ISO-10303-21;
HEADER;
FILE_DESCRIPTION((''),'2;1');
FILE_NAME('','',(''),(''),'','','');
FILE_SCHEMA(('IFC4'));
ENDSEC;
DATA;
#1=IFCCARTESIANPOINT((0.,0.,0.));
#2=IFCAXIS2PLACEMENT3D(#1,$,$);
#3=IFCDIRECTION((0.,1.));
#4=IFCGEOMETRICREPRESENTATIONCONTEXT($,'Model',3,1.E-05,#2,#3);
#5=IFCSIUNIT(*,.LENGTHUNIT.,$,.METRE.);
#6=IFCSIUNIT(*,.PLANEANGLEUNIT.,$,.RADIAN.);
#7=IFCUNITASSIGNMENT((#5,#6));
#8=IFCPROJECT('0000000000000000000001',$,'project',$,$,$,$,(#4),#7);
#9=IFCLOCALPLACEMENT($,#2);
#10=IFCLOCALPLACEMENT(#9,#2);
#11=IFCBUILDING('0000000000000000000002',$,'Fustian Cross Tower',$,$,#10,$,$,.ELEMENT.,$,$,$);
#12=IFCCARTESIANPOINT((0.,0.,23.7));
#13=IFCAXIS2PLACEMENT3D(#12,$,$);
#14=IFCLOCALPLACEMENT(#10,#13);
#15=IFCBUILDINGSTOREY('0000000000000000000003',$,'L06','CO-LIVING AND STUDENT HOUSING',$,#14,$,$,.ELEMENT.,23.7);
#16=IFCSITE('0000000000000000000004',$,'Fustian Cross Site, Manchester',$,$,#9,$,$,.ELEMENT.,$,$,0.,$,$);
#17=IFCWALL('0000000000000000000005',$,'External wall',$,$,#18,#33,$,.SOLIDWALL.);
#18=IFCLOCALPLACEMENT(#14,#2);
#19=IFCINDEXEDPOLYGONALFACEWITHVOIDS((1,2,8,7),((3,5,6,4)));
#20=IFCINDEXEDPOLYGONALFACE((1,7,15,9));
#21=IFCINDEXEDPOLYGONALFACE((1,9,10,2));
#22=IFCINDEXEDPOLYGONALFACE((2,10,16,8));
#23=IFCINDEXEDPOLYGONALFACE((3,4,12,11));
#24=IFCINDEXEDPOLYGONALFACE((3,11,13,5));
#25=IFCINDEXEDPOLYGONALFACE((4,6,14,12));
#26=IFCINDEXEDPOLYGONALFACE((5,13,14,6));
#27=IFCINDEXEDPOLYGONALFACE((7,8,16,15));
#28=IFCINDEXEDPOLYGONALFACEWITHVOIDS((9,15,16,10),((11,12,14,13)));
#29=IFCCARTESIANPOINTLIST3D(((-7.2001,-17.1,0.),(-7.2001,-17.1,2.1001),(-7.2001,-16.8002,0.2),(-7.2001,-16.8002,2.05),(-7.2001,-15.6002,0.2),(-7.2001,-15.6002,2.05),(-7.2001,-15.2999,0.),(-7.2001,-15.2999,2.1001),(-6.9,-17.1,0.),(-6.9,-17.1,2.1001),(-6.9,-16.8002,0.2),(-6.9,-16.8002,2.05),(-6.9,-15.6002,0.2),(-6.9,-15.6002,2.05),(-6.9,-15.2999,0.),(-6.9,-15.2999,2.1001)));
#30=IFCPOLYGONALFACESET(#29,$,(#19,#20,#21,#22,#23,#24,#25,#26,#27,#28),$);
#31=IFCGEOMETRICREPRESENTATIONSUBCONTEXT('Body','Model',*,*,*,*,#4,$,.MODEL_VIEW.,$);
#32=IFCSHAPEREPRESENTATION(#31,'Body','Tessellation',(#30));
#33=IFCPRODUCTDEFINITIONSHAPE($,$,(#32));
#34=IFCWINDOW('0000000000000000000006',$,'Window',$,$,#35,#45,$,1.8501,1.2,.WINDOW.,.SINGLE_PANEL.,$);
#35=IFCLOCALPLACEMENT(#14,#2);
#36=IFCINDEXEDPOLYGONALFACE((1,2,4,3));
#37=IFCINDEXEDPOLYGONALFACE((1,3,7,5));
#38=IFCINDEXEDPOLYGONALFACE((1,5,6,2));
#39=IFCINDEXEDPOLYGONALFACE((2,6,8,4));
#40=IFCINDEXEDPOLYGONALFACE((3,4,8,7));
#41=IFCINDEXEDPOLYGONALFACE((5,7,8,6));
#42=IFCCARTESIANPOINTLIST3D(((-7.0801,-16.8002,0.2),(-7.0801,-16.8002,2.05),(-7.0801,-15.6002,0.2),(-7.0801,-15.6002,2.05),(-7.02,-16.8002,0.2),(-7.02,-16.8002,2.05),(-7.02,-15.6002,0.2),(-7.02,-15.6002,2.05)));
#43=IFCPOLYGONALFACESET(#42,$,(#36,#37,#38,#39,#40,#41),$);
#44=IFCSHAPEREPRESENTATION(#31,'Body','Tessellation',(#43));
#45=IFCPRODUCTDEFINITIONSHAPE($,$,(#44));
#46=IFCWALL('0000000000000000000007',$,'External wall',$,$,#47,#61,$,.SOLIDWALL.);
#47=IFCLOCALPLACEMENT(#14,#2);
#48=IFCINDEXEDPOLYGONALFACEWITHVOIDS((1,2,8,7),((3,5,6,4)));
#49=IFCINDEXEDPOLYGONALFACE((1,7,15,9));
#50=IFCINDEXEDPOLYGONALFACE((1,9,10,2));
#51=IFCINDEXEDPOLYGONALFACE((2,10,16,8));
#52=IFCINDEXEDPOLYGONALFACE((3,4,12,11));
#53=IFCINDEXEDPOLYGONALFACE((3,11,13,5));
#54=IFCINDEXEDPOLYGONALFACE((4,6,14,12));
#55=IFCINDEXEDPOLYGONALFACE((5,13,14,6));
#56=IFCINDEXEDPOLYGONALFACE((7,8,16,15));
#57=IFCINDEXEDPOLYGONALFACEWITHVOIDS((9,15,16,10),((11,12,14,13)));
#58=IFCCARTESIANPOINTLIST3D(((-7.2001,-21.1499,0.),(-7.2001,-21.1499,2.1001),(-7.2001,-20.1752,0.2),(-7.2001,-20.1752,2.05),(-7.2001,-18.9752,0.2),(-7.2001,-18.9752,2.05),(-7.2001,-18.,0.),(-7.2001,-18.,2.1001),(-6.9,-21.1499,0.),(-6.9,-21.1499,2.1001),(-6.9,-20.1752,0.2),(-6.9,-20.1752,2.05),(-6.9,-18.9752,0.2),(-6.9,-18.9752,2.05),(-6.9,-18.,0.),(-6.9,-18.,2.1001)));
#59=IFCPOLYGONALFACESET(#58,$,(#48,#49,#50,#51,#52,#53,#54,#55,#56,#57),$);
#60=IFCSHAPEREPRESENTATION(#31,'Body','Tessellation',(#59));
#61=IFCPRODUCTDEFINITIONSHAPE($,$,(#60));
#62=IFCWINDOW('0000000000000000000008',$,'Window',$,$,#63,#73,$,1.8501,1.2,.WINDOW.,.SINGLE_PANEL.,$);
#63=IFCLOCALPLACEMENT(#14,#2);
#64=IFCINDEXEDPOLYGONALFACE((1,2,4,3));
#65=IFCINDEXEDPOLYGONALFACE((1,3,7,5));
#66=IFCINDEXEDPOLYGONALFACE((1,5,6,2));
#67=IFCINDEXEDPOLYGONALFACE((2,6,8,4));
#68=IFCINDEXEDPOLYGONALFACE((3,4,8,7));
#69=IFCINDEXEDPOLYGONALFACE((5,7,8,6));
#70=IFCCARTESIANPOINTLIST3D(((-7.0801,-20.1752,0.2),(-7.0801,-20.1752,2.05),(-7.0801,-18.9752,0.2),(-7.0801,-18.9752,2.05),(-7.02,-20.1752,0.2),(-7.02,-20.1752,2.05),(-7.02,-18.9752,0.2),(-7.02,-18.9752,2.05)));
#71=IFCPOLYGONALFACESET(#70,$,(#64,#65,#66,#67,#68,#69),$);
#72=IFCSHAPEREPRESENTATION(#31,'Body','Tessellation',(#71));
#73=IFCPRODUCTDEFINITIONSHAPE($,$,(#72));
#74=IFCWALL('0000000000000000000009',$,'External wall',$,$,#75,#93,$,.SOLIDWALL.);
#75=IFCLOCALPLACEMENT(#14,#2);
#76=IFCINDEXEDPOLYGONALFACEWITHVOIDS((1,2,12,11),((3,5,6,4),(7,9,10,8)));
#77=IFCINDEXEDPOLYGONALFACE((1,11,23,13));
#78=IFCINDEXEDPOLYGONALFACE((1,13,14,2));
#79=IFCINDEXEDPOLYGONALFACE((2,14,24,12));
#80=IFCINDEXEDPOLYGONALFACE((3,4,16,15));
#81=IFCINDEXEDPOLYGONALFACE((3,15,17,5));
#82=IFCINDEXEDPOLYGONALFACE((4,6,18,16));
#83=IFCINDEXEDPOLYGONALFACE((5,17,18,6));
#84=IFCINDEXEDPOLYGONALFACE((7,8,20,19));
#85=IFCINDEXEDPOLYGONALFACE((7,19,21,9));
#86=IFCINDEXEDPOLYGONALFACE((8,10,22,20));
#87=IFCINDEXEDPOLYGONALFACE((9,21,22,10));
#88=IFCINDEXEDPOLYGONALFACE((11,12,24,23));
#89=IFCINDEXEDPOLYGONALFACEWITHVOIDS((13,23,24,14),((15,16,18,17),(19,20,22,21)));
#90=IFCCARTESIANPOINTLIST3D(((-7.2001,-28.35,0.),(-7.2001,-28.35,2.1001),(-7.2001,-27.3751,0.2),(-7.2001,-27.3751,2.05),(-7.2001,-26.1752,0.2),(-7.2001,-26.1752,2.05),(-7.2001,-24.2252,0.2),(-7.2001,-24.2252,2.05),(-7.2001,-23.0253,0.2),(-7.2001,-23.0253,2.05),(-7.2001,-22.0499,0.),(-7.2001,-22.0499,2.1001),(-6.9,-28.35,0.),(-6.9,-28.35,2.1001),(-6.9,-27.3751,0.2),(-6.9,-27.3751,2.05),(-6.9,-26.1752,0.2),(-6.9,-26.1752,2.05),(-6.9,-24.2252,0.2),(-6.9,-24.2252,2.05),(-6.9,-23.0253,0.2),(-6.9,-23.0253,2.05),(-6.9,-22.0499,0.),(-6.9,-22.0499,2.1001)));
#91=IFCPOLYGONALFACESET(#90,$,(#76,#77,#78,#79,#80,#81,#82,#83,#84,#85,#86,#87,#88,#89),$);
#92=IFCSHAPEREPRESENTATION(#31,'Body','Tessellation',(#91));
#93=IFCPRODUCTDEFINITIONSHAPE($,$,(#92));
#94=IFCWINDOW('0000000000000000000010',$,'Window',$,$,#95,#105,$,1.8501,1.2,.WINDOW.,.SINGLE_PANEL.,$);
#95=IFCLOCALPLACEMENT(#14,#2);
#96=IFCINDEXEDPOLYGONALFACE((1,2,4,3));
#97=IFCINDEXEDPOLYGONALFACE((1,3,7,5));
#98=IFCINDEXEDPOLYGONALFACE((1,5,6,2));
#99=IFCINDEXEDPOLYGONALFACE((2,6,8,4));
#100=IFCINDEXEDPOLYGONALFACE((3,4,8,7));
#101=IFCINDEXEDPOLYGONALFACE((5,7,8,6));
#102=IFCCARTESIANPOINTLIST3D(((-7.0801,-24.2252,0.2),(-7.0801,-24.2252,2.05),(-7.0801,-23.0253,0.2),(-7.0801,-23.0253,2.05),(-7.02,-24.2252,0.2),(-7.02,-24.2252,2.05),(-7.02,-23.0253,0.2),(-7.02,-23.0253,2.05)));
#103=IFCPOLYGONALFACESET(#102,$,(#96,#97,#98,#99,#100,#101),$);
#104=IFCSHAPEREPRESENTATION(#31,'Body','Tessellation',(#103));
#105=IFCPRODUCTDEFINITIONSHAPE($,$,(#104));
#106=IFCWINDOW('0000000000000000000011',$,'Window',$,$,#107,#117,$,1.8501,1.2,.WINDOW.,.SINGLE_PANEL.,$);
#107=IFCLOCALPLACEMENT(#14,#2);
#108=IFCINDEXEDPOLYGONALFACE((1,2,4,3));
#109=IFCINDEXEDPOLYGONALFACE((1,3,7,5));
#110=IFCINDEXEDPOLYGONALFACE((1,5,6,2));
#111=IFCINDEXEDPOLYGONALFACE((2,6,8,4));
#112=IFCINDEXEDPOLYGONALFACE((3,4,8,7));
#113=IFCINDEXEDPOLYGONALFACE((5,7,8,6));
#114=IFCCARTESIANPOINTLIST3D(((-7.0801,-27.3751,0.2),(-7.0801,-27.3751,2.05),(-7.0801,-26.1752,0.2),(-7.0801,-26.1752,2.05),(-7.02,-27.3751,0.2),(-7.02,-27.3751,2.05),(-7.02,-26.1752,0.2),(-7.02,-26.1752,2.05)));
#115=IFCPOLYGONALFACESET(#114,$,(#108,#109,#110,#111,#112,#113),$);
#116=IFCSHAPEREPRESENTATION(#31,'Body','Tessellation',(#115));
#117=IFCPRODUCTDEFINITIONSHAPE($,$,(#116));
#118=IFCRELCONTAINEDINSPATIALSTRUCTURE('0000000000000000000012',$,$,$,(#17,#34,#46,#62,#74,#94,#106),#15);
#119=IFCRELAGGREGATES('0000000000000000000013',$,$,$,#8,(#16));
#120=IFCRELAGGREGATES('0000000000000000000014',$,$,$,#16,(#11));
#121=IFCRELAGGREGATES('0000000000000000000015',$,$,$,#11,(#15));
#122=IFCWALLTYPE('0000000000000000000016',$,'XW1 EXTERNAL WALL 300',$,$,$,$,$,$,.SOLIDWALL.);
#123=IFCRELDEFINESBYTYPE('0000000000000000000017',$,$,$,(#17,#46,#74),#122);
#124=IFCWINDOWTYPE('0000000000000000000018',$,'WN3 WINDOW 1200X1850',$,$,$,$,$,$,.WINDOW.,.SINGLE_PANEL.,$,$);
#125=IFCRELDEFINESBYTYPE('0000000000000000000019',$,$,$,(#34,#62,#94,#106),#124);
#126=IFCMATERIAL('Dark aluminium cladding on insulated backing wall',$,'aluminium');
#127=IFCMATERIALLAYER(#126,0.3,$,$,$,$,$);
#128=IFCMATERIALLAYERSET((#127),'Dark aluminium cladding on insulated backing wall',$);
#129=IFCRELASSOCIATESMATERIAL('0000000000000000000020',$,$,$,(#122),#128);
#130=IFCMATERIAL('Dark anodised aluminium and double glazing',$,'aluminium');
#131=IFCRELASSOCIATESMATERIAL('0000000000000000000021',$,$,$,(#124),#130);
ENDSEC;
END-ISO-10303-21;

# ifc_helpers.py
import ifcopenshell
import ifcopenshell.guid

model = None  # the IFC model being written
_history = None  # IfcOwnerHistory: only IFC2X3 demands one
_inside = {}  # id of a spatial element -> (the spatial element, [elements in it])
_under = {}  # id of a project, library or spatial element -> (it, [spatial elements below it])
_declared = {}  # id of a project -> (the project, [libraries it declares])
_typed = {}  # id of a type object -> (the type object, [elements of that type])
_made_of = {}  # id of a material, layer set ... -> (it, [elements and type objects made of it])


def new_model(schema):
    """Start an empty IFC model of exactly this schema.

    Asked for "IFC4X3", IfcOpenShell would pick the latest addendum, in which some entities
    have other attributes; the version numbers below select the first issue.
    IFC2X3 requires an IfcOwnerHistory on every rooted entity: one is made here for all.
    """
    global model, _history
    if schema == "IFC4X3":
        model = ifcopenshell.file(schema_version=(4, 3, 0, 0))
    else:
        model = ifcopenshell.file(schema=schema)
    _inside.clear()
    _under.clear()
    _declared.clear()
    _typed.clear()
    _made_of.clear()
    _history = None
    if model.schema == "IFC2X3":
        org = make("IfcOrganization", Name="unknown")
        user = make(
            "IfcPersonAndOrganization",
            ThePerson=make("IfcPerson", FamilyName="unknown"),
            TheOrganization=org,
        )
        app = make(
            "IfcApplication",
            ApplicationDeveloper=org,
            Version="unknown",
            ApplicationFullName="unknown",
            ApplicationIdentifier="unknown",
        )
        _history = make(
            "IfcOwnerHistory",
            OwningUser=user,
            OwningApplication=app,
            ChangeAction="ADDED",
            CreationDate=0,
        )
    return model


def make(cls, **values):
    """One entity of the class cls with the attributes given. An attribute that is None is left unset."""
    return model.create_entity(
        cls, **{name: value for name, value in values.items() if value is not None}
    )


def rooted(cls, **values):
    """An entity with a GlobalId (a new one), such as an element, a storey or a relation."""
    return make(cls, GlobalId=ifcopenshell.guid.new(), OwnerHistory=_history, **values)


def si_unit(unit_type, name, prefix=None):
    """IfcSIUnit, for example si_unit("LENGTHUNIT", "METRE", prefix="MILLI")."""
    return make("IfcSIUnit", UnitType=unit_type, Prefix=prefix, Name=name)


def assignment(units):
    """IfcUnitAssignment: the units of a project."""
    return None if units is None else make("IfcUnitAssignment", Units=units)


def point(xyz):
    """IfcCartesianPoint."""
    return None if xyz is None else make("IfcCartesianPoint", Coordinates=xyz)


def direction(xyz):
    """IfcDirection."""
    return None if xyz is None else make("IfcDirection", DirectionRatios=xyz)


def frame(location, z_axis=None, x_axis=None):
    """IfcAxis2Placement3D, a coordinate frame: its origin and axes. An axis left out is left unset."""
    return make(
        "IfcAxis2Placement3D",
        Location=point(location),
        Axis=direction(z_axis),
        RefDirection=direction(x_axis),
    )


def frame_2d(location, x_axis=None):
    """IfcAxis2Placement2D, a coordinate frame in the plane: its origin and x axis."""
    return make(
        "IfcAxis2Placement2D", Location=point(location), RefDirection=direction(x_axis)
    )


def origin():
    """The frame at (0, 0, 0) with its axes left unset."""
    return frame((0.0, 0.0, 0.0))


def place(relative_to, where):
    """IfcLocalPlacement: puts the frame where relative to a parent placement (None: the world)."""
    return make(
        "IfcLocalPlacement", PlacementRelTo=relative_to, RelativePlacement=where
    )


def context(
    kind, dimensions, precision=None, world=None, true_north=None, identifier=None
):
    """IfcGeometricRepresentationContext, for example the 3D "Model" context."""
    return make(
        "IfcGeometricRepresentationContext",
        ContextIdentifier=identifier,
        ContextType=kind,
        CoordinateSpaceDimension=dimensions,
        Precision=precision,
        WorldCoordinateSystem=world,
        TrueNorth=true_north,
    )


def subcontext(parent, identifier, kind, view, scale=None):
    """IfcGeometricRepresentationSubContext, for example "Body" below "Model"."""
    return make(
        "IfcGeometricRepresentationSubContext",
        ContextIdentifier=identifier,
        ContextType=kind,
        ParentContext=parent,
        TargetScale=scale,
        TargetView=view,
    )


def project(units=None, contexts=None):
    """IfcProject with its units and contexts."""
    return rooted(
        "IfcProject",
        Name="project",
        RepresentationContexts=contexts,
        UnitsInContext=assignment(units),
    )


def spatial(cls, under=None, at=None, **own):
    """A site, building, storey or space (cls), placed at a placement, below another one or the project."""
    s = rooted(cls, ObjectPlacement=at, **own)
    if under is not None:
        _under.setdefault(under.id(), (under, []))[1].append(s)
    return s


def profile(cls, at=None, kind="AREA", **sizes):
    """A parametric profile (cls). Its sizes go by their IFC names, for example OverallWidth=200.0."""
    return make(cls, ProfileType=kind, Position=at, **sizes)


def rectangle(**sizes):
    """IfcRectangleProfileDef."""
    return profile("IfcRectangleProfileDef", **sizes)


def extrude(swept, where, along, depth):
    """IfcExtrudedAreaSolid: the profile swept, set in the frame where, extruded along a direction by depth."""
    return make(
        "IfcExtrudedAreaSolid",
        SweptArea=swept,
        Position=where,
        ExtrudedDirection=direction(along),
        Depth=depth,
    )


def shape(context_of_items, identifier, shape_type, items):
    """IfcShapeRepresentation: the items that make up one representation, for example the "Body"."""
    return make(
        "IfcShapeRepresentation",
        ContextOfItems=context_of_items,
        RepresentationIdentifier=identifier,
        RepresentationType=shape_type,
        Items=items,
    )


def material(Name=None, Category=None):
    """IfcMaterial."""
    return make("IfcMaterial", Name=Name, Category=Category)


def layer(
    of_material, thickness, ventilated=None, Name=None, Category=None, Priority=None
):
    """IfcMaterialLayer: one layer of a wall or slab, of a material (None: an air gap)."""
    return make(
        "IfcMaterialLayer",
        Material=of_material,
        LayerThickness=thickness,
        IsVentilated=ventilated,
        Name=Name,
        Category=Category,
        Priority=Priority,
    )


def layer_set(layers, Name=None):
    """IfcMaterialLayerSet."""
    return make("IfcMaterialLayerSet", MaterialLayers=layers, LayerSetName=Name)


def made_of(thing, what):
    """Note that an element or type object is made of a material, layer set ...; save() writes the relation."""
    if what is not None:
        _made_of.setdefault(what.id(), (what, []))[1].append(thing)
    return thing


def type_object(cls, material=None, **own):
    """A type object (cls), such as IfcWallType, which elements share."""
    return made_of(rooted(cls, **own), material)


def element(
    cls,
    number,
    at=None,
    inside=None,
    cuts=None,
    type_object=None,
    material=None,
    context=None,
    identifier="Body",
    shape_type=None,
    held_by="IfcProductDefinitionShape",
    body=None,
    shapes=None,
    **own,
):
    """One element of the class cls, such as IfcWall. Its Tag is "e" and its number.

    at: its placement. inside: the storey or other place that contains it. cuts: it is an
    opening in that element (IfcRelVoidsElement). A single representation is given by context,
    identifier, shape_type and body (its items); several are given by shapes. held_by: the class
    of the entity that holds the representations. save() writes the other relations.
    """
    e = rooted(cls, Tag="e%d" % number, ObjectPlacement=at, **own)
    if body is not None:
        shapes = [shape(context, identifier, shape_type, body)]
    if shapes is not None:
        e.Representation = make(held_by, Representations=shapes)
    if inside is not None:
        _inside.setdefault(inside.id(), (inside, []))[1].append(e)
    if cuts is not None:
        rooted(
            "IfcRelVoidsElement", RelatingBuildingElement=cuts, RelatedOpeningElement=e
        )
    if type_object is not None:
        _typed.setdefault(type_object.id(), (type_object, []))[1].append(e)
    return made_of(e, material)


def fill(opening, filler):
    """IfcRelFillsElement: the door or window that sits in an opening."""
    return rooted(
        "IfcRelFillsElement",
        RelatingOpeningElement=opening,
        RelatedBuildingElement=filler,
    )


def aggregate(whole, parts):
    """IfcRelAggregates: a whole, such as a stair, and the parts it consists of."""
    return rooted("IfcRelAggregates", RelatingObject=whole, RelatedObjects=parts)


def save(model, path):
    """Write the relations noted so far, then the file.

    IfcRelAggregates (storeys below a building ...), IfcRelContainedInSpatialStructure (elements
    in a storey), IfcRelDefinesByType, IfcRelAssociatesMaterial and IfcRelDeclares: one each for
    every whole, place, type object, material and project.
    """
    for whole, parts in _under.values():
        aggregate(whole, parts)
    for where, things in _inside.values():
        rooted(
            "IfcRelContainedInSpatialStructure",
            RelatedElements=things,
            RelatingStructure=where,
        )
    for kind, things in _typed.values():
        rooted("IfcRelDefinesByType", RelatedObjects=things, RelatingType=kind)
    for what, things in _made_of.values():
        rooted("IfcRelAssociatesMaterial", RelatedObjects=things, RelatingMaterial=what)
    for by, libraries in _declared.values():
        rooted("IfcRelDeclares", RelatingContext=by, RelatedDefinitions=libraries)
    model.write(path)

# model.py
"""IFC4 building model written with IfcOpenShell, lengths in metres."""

from ifc_helpers import new_model, si_unit, direction, frame, frame_2d, origin, place, context, subcontext, project, spatial, rectangle, extrude, material, layer, layer_set, type_object, element, fill, save


model = new_model("IFC4")

# Units and contexts
model_context = context("Model", 3, precision=1e-05, world=origin(), true_north=direction((0.0, 1.0)))
body_context = subcontext(model_context, "Body", "Model", "MODEL_VIEW")
ifc_project = project(units=[si_unit("LENGTHUNIT", "METRE"), si_unit("PLANEANGLEUNIT", "RADIAN")], contexts=[model_context])

# Site, building, storey
site_placement = place(None, origin())
site = spatial("IfcSite", under=ifc_project, at=site_placement, Name="Fustian Cross Site, Manchester", CompositionType="ELEMENT", RefElevation=0.0)
building_placement = place(site_placement, origin())
building = spatial("IfcBuilding", under=site, at=building_placement, Name="Fustian Cross Tower", CompositionType="ELEMENT")
storey_placement = place(building_placement, frame((0.0, 0.0, 23.7)))
storey = spatial("IfcBuildingStorey", under=building, at=storey_placement, Name="L06", Description="CO-LIVING AND STUDENT HOUSING", CompositionType="ELEMENT", Elevation=23.7)

# Shared definitions
ifc_material_1 = material(Name="Dark aluminium cladding on insulated backing wall", Category="aluminium")
ifc_layer_1 = layer(ifc_material_1, 0.3)
ifc_layer_set_1 = layer_set([ifc_layer_1], Name="Dark aluminium cladding on insulated backing wall")
wall_type_1 = type_object("IfcWallType", Name="XW1 EXTERNAL WALL 300", PredefinedType="SOLIDWALL", material=ifc_layer_set_1)

# Walls, openings, windows
wall_1_placement = place(storey_placement, frame((-7.05, -15.3, 0.0), z_axis=(0.0, 0.0, 1.0), x_axis=(0.0, -1.0, 0.0)))
wall_1 = element("IfcWall", 1, at=wall_1_placement, inside=storey, type_object=wall_type_1, Name="External wall", PredefinedType="SOLIDWALL", context=body_context, shape_type="SweptSolid", body=[
    extrude(rectangle(XDim=1.8, YDim=0.3, at=frame_2d((0.8999, 0.0))), origin(), (0.0, 0.0, 1.0), 2.1001),
])
opening_1_placement = place(wall_1_placement, frame((0.3, 0.0, 0.2)))
opening_1 = element("IfcOpeningElement", 2, at=opening_1_placement, cuts=wall_1, PredefinedType="OPENING", context=body_context, shape_type="SweptSolid", body=[
    extrude(rectangle(XDim=1.2, YDim=1.8501, at=frame_2d((0.6001, 0.925))), frame((0.0, 0.1599, 0.0), z_axis=(0.0, -1.0, 0.0), x_axis=(1.0, 0.0, 0.0)), (0.0, 0.0, 1.0), 0.3201),
])
ifc_material_2 = material(Name="Dark anodised aluminium and double glazing", Category="aluminium")
window_type = type_object("IfcWindowType", Name="WN3 WINDOW 1200X1850", PartitioningType="SINGLE_PANEL", PredefinedType="WINDOW", material=ifc_material_2)
window_1_placement = place(opening_1_placement, origin())
window_1 = element("IfcWindow", 3, at=window_1_placement, inside=storey, type_object=window_type, Name="Window", OverallHeight=1.8501, OverallWidth=1.2, PartitioningType="SINGLE_PANEL", PredefinedType="WINDOW", context=body_context, shape_type="SweptSolid", body=[
    extrude(rectangle(XDim=1.2, YDim=1.8501, at=frame_2d((0.6001, 0.925))), frame((0.0, 0.03, 0.0), z_axis=(0.0, -1.0, 0.0), x_axis=(1.0, 0.0, 0.0)), (0.0, 0.0, 1.0), 0.0601),
])
fill(opening_1, window_1)
wall_2_placement = place(storey_placement, frame((-7.05, -18.0, 0.0), z_axis=(0.0, 0.0, 1.0), x_axis=(0.0, -1.0, 0.0)))
wall_2 = element("IfcWall", 4, at=wall_2_placement, inside=storey, type_object=wall_type_1, Name="External wall", PredefinedType="SOLIDWALL", context=body_context, shape_type="SweptSolid", body=[
    extrude(rectangle(XDim=3.1499, YDim=0.3, at=frame_2d((1.575, 0.0))), origin(), (0.0, 0.0, 1.0), 2.1001),
])
opening_2_placement = place(wall_2_placement, frame((0.9751, 0.0, 0.2)))
opening_2 = element("IfcOpeningElement", 5, at=opening_2_placement, cuts=wall_2, PredefinedType="OPENING", context=body_context, shape_type="SweptSolid", body=[
    extrude(rectangle(XDim=1.2, YDim=1.8501, at=frame_2d((0.6001, 0.925))), frame((0.0, 0.1599, 0.0), z_axis=(0.0, -1.0, 0.0), x_axis=(1.0, 0.0, 0.0)), (0.0, 0.0, 1.0), 0.3201),
])
window_2_placement = place(opening_2_placement, origin())
window_2 = element("IfcWindow", 6, at=window_2_placement, inside=storey, type_object=window_type, Name="Window", OverallHeight=1.8501, OverallWidth=1.2, PartitioningType="SINGLE_PANEL", PredefinedType="WINDOW", context=body_context, shape_type="SweptSolid", body=[
    extrude(rectangle(XDim=1.2, YDim=1.8501, at=frame_2d((0.6001, 0.925))), frame((0.0, 0.03, 0.0), z_axis=(0.0, -1.0, 0.0), x_axis=(1.0, 0.0, 0.0)), (0.0, 0.0, 1.0), 0.0601),
])
fill(opening_2, window_2)

# Wall, openings, windows
wall_3_placement = place(storey_placement, frame((-7.05, -22.05, 0.0), z_axis=(0.0, 0.0, 1.0), x_axis=(0.0, -1.0, 0.0)))
wall_3 = element("IfcWall", 7, at=wall_3_placement, inside=storey, type_object=wall_type_1, Name="External wall", PredefinedType="SOLIDWALL", context=body_context, shape_type="SweptSolid", body=[
    extrude(rectangle(XDim=6.3, YDim=0.3, at=frame_2d((3.1499, 0.0))), origin(), (0.0, 0.0, 1.0), 2.1001),
])
opening_3_placement = place(wall_3_placement, frame((0.9751, 0.0, 0.2)))
opening_3 = element("IfcOpeningElement", 8, at=opening_3_placement, cuts=wall_3, PredefinedType="OPENING", context=body_context, shape_type="SweptSolid", body=[
    extrude(rectangle(XDim=1.2, YDim=1.8501, at=frame_2d((0.6001, 0.925))), frame((0.0, 0.1599, 0.0), z_axis=(0.0, -1.0, 0.0), x_axis=(1.0, 0.0, 0.0)), (0.0, 0.0, 1.0), 0.3201),
])
opening_4_placement = place(wall_3_placement, frame((4.125, 0.0, 0.2)))
opening_4 = element("IfcOpeningElement", 9, at=opening_4_placement, cuts=wall_3, PredefinedType="OPENING", context=body_context, shape_type="SweptSolid", body=[
    extrude(rectangle(XDim=1.2, YDim=1.8501, at=frame_2d((0.6001, 0.925))), frame((0.0, 0.1599, 0.0), z_axis=(0.0, -1.0, 0.0), x_axis=(1.0, 0.0, 0.0)), (0.0, 0.0, 1.0), 0.3201),
])
window_3_placement = place(opening_3_placement, origin())
window_3 = element("IfcWindow", 10, at=window_3_placement, inside=storey, type_object=window_type, Name="Window", OverallHeight=1.8501, OverallWidth=1.2, PartitioningType="SINGLE_PANEL", PredefinedType="WINDOW", context=body_context, shape_type="SweptSolid", body=[
    extrude(rectangle(XDim=1.2, YDim=1.8501, at=frame_2d((0.6001, 0.925))), frame((0.0, 0.03, 0.0), z_axis=(0.0, -1.0, 0.0), x_axis=(1.0, 0.0, 0.0)), (0.0, 0.0, 1.0), 0.0601),
])
fill(opening_3, window_3)
window_4_placement = place(opening_4_placement, origin())
window_4 = element("IfcWindow", 11, at=window_4_placement, inside=storey, type_object=window_type, Name="Window", OverallHeight=1.8501, OverallWidth=1.2, PartitioningType="SINGLE_PANEL", PredefinedType="WINDOW", context=body_context, shape_type="SweptSolid", body=[
    extrude(rectangle(XDim=1.2, YDim=1.8501, at=frame_2d((0.6001, 0.925))), frame((0.0, 0.03, 0.0), z_axis=(0.0, -1.0, 0.0), x_axis=(1.0, 0.0, 0.0)), (0.0, 0.0, 1.0), 0.0601),
])
fill(opening_4, window_4)

save(model, "model.ifc")
